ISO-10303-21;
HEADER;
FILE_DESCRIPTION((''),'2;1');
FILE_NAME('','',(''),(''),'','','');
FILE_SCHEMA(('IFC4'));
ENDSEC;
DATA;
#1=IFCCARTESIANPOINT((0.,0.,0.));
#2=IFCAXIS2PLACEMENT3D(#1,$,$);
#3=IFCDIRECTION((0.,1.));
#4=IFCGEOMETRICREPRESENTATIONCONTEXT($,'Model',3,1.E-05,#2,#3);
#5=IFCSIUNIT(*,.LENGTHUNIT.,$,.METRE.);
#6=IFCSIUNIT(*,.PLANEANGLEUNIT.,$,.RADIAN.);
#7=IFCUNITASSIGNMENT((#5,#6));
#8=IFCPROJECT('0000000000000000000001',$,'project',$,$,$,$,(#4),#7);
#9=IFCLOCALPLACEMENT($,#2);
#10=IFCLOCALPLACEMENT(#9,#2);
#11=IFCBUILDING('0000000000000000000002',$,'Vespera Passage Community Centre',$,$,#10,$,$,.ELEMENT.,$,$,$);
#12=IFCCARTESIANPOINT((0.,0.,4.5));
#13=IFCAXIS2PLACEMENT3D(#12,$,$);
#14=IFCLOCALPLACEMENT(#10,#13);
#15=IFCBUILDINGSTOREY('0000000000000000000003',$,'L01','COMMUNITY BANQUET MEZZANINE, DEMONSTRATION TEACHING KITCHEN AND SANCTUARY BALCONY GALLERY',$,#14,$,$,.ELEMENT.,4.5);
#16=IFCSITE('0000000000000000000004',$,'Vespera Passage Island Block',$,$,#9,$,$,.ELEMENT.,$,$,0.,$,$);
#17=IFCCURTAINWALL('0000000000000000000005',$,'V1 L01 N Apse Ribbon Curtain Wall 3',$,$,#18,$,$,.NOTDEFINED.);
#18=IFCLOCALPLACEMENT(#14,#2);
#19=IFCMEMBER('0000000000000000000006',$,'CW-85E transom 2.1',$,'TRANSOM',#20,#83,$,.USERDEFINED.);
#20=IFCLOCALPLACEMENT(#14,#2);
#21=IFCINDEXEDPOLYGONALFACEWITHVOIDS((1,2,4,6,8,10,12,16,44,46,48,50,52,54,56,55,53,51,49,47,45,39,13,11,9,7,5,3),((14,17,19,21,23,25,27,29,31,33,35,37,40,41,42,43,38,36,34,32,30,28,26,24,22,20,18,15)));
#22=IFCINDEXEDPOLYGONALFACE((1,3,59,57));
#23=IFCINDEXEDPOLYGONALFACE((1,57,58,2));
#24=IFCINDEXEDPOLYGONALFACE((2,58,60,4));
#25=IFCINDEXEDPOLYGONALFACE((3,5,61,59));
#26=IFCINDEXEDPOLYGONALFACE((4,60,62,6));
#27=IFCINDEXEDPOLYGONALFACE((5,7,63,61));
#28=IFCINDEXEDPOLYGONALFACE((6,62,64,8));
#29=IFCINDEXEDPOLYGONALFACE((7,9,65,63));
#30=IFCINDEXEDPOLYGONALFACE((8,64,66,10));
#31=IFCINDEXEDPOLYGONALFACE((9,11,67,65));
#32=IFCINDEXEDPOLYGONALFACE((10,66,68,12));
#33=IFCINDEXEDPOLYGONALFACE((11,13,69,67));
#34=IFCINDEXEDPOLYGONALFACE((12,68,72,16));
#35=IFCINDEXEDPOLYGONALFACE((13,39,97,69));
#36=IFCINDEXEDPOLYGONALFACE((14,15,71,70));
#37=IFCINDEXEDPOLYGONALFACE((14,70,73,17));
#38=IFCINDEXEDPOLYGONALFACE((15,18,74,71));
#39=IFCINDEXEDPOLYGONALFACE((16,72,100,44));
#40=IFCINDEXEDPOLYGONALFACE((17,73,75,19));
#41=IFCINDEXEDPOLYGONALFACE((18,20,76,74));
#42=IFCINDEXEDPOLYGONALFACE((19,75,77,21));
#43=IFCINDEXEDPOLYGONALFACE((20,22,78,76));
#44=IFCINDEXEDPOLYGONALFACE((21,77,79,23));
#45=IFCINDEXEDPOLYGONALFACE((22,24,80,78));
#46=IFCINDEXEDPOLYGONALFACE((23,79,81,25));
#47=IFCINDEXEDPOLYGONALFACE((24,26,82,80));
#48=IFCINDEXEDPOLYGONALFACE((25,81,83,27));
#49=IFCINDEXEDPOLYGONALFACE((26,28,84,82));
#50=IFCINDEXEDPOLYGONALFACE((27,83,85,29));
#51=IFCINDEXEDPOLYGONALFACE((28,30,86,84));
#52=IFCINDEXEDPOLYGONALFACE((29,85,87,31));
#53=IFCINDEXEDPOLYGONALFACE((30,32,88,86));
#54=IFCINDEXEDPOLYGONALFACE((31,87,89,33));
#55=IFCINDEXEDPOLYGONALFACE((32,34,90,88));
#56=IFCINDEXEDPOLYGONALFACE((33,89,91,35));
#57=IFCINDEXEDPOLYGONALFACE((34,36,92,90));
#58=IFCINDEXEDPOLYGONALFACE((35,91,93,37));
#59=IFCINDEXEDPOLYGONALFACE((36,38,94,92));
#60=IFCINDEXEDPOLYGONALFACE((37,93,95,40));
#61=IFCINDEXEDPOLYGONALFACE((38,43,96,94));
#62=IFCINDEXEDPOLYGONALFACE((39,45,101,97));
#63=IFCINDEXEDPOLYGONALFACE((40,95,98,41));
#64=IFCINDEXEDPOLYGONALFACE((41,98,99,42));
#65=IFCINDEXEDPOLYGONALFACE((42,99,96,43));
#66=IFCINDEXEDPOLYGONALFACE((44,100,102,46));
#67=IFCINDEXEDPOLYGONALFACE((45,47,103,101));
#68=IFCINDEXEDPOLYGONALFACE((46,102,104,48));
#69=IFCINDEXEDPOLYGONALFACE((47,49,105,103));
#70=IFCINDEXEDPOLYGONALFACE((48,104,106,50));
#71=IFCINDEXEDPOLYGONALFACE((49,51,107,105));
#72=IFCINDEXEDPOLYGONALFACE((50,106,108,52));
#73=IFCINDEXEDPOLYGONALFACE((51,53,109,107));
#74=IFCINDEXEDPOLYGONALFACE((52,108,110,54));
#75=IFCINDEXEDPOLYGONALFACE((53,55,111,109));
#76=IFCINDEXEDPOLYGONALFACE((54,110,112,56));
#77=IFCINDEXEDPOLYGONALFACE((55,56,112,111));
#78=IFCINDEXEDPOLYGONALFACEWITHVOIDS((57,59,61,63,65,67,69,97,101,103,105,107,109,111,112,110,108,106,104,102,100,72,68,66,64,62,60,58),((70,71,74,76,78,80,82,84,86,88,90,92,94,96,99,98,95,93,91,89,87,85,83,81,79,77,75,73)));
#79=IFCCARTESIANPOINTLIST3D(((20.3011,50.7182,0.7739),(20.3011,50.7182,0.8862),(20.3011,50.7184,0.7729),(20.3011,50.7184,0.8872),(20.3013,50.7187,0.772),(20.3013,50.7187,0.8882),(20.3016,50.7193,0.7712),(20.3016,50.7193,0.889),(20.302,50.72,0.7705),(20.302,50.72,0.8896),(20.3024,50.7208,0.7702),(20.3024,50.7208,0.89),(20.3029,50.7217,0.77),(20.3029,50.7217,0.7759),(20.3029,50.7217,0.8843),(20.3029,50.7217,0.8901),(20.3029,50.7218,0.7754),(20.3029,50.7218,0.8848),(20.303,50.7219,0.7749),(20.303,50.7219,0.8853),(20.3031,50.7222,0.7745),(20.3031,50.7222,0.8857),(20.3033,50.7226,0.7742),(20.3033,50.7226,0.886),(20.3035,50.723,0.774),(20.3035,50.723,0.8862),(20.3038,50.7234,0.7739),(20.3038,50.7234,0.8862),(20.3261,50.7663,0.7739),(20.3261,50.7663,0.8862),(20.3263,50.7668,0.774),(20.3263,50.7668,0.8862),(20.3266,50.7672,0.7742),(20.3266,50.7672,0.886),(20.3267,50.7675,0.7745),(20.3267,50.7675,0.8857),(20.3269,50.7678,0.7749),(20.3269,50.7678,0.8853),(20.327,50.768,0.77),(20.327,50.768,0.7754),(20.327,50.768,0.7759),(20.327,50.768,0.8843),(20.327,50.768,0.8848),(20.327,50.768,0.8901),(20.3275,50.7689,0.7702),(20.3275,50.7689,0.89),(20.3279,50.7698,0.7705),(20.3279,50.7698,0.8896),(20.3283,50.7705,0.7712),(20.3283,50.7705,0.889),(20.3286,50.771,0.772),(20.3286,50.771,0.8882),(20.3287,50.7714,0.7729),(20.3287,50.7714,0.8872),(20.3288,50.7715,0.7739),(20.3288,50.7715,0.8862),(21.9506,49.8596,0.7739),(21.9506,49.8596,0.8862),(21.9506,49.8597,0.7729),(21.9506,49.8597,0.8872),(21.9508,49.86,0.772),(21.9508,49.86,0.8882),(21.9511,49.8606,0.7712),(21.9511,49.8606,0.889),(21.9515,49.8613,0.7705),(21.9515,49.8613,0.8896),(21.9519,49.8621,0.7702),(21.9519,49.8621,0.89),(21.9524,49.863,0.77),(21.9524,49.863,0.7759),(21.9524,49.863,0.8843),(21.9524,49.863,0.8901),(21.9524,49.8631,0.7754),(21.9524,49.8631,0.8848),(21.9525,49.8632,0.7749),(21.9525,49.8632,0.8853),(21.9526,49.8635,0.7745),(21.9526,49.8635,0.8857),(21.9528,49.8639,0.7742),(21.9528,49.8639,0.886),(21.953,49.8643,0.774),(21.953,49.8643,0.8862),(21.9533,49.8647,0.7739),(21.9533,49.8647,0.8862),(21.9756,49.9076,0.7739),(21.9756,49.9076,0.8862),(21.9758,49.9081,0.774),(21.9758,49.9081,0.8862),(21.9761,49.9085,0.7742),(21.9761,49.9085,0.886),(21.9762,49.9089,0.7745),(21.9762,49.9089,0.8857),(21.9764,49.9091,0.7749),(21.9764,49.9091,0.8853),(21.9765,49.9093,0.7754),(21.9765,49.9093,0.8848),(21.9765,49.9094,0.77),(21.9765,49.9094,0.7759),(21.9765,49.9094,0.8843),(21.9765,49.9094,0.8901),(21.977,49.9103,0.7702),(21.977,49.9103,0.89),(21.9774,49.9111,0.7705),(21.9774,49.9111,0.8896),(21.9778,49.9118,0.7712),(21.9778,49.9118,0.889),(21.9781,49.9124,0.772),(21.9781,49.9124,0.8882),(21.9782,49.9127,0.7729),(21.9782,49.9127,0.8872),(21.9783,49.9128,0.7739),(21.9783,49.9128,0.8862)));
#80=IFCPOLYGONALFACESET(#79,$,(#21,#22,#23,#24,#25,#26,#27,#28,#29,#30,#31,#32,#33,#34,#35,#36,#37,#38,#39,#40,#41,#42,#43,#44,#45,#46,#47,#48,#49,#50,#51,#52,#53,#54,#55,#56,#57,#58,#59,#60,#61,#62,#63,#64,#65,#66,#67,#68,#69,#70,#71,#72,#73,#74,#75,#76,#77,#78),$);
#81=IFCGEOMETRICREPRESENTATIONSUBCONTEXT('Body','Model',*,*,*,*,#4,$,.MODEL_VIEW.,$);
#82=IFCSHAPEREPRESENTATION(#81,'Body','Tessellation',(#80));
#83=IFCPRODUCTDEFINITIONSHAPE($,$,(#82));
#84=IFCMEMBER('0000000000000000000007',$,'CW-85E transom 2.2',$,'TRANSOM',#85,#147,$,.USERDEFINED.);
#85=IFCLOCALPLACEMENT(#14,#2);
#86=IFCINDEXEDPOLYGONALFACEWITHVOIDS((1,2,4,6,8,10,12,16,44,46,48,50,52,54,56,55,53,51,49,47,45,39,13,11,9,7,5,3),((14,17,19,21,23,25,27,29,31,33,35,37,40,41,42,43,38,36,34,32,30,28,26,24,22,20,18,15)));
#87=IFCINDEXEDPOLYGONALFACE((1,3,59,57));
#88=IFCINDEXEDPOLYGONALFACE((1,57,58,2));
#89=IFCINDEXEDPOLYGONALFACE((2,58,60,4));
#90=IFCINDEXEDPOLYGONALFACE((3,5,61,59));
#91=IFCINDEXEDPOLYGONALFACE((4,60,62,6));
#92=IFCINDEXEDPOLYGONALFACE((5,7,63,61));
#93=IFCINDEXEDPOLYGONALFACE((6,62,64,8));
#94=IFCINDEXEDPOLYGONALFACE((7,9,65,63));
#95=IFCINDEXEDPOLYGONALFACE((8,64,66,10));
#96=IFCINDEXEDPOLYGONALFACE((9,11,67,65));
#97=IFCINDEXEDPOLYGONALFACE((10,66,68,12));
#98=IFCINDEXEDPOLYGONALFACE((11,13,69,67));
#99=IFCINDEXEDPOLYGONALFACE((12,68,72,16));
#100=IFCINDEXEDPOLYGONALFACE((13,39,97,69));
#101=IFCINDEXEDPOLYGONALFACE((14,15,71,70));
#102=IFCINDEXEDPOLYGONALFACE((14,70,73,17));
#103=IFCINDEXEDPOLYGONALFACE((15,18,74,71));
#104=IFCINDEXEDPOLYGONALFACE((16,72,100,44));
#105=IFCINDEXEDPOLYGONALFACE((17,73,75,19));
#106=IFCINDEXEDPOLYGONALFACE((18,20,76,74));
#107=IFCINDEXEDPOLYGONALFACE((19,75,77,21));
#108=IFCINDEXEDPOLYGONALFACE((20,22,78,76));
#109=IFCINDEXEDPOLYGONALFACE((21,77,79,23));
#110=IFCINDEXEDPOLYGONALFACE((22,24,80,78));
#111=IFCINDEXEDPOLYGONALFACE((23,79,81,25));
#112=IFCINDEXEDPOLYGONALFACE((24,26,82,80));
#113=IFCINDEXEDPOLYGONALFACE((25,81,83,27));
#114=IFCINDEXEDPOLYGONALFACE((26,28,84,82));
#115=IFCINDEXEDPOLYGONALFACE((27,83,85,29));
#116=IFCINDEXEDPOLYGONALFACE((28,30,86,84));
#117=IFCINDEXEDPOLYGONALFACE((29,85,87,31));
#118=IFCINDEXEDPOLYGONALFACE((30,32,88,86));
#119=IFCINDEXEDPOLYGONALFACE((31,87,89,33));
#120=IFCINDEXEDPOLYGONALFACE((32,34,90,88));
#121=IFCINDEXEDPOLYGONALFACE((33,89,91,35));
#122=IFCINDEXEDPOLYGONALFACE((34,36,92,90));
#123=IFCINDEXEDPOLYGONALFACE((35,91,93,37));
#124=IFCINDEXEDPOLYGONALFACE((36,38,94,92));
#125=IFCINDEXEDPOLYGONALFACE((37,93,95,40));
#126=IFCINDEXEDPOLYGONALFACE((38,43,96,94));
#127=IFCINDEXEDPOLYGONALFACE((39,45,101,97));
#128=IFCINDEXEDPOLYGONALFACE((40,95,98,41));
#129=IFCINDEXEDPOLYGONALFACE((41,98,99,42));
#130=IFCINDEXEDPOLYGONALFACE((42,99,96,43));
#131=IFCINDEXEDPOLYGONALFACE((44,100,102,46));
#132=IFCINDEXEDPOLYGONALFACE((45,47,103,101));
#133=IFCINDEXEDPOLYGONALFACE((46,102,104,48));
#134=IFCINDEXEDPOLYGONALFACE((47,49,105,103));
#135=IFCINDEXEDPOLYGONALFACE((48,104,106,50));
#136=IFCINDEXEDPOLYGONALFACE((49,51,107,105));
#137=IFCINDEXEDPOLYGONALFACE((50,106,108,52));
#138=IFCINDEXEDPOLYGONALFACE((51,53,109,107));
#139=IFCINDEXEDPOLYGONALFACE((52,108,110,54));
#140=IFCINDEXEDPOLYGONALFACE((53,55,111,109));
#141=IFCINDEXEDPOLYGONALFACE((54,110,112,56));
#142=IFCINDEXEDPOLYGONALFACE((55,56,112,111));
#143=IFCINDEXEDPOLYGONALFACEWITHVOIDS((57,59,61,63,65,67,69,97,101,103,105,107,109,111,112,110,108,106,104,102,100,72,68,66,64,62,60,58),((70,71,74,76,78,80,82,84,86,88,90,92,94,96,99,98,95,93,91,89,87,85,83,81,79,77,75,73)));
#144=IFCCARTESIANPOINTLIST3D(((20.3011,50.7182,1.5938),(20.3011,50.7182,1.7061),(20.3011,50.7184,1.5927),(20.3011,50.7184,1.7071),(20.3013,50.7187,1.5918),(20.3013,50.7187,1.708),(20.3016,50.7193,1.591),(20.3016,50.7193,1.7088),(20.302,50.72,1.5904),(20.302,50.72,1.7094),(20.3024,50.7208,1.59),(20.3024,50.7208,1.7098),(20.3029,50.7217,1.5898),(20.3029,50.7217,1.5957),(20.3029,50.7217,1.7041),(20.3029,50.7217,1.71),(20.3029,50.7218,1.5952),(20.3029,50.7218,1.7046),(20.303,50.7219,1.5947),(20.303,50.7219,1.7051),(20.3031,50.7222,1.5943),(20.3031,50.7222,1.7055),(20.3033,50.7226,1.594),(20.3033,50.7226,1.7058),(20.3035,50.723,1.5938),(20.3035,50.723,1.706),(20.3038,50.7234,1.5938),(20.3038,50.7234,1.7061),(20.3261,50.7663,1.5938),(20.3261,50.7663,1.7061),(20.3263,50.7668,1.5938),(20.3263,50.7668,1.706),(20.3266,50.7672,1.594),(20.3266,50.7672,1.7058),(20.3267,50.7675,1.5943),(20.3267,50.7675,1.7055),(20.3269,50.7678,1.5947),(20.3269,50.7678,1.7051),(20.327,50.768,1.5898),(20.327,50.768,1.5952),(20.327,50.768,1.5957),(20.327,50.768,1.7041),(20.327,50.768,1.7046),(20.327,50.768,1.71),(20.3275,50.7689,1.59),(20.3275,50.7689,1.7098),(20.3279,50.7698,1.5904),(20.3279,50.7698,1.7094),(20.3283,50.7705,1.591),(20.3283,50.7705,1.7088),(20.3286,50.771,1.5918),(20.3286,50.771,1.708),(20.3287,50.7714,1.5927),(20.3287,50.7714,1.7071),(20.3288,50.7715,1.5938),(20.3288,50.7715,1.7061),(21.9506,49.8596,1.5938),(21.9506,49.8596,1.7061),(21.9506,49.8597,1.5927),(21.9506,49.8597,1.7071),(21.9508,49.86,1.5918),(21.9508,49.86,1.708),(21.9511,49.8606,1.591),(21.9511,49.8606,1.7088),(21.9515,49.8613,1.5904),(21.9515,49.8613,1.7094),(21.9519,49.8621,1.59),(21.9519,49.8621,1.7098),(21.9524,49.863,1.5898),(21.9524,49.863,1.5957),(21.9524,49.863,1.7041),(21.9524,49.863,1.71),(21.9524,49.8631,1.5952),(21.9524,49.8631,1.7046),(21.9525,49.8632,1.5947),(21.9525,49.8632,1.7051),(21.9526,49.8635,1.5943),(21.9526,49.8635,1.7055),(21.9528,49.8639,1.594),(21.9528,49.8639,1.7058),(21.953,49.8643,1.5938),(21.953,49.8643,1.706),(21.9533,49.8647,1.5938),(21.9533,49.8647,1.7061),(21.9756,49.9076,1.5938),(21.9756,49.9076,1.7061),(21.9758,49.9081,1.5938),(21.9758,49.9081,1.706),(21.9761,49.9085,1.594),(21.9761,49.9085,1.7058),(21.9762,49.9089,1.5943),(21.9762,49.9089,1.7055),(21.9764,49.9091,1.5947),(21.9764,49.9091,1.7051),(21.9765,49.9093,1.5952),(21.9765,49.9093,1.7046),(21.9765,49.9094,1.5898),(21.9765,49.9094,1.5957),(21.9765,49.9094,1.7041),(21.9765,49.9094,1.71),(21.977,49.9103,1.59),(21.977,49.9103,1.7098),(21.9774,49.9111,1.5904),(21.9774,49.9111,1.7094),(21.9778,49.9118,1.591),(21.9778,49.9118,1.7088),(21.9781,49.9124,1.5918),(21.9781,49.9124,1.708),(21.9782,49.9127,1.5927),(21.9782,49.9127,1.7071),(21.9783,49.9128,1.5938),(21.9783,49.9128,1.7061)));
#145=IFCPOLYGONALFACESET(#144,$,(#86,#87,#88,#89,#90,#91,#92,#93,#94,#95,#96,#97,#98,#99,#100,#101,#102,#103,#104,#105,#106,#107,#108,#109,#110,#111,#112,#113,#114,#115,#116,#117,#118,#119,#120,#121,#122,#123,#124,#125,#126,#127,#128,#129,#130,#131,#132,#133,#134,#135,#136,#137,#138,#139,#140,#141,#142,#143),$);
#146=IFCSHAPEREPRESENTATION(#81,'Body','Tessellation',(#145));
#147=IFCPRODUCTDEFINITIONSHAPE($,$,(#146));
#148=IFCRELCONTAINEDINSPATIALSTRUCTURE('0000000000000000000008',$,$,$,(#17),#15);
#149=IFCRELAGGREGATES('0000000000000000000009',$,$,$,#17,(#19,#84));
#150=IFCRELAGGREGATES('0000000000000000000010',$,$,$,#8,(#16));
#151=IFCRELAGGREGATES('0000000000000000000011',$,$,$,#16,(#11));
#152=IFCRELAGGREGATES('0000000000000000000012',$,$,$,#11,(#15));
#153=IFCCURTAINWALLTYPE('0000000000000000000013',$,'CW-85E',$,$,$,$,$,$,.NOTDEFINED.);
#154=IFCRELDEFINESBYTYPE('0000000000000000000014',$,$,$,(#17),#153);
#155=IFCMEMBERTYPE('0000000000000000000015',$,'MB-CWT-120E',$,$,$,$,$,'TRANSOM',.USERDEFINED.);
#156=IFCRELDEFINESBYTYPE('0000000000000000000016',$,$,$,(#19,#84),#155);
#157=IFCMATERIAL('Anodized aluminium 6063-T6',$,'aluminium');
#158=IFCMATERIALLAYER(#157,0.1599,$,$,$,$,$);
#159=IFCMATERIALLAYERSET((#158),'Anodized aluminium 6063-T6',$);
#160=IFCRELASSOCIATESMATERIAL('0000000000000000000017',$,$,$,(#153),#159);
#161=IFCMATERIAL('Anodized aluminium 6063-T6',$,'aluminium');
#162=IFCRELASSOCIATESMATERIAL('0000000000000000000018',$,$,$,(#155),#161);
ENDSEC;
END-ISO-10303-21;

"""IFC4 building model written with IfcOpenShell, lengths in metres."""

from ifc_helpers import new_model, si_unit, direction, frame, origin, origin_2d, place, context, subcontext, project, spatial, hollow_rectangle, extrude, material, layer, layer_set, material_profile, profile_set, type_object, element, aggregate, save


model = new_model("IFC4")

# Units and contexts
model_context = context("Model", 3, precision=1e-05, world=origin(), true_north=direction((0.0, 1.0)))
body_context = subcontext(model_context, "Body", "Model", "MODEL_VIEW")
ifc_project = project(units=[si_unit("LENGTHUNIT", "METRE"), si_unit("PLANEANGLEUNIT", "RADIAN")], contexts=[model_context])

# Site, building, storey
site_placement = place(None, origin())
site = spatial("IfcSite", under=ifc_project, at=site_placement, Name="Vespera Passage Island Block", CompositionType="ELEMENT", RefElevation=0.0)
building_placement = place(site_placement, origin())
building = spatial("IfcBuilding", under=site, at=building_placement, Name="Vespera Passage Community Centre", CompositionType="ELEMENT")
storey_placement = place(building_placement, frame((0.0, 0.0, 4.5)))
storey = spatial("IfcBuildingStorey", under=building, at=storey_placement, Name="L01", Description="COMMUNITY BANQUET MEZZANINE, DEMONSTRATION TEACHING KITCHEN AND SANCTUARY BALCONY GALLERY", CompositionType="ELEMENT", Elevation=4.5)

# Shared definitions
ifc_material_1 = material(Name="Anodized aluminium 6063-T6", Category="aluminium")
ifc_layer_1 = layer(ifc_material_1, 0.1599)
ifc_layer_set_1 = layer_set([ifc_layer_1], Name="Anodized aluminium 6063-T6")
curtain_wall_type = type_object("IfcCurtainWallType", Name="CW-85E", PredefinedType="NOTDEFINED", material=ifc_layer_set_1)

# Curtain wall, members
curtain_wall_1_placement = place(storey_placement, origin())
curtain_wall_1 = element("IfcCurtainWall", 1, at=curtain_wall_1_placement, inside=storey, type_object=curtain_wall_type, Name="V1 L01 N Apse Ribbon Curtain Wall 3", PredefinedType="NOTDEFINED")
ifc_material_2 = material(Name="Anodized aluminium 6063-T6", Category="aluminium")
ifc_material_profile_1 = material_profile(ifc_material_2, hollow_rectangle(XDim=0.0601, YDim=0.1201, WallThickness=0.0039, InnerFilletRadius=0.002, OuterFilletRadius=0.0039, at=origin_2d()), Name="ALU120X60X4")
ifc_profile_set_1 = profile_set([ifc_material_profile_1], Name="Anodized aluminium 6063-T6")
member_type_1 = type_object("IfcMemberType", Name="MB-CWT-120E", ElementType="TRANSOM", PredefinedType="USERDEFINED", material=ifc_profile_set_1)
member_1_placement = place(storey_placement, frame((20.3149, 50.7449, 0.8301), z_axis=(0.887008, -0.461754, 0.0), x_axis=(0.461754, 0.887008, 0.0)))
member_1 = element("IfcMember", 2, at=member_1_placement, type_object=member_type_1, Name="CW-85E transom 2.1", ObjectType="TRANSOM", PredefinedType="USERDEFINED", context=body_context, shape_type="SweptSolid", body=[
    extrude(hollow_rectangle(XDim=0.0601, YDim=0.1201, WallThickness=0.0039, InnerFilletRadius=0.002, OuterFilletRadius=0.0039, at=origin_2d()), origin(), (0.0, 0.0, 1.0), 1.8596),
])
member_2_placement = place(storey_placement, frame((20.3149, 50.7449, 1.6499), z_axis=(0.887008, -0.461754, 0.0), x_axis=(0.461754, 0.887008, 0.0)))
member_2 = element("IfcMember", 3, at=member_2_placement, type_object=member_type_1, Name="CW-85E transom 2.2", ObjectType="TRANSOM", PredefinedType="USERDEFINED", context=body_context, shape_type="SweptSolid", body=[
    extrude(hollow_rectangle(XDim=0.0601, YDim=0.1201, WallThickness=0.0039, InnerFilletRadius=0.002, OuterFilletRadius=0.0039, at=origin_2d()), origin(), (0.0, 0.0, 1.0), 1.8596),
])

aggregate(curtain_wall_1, [member_1, member_2])

save(model, "model.ifc")
